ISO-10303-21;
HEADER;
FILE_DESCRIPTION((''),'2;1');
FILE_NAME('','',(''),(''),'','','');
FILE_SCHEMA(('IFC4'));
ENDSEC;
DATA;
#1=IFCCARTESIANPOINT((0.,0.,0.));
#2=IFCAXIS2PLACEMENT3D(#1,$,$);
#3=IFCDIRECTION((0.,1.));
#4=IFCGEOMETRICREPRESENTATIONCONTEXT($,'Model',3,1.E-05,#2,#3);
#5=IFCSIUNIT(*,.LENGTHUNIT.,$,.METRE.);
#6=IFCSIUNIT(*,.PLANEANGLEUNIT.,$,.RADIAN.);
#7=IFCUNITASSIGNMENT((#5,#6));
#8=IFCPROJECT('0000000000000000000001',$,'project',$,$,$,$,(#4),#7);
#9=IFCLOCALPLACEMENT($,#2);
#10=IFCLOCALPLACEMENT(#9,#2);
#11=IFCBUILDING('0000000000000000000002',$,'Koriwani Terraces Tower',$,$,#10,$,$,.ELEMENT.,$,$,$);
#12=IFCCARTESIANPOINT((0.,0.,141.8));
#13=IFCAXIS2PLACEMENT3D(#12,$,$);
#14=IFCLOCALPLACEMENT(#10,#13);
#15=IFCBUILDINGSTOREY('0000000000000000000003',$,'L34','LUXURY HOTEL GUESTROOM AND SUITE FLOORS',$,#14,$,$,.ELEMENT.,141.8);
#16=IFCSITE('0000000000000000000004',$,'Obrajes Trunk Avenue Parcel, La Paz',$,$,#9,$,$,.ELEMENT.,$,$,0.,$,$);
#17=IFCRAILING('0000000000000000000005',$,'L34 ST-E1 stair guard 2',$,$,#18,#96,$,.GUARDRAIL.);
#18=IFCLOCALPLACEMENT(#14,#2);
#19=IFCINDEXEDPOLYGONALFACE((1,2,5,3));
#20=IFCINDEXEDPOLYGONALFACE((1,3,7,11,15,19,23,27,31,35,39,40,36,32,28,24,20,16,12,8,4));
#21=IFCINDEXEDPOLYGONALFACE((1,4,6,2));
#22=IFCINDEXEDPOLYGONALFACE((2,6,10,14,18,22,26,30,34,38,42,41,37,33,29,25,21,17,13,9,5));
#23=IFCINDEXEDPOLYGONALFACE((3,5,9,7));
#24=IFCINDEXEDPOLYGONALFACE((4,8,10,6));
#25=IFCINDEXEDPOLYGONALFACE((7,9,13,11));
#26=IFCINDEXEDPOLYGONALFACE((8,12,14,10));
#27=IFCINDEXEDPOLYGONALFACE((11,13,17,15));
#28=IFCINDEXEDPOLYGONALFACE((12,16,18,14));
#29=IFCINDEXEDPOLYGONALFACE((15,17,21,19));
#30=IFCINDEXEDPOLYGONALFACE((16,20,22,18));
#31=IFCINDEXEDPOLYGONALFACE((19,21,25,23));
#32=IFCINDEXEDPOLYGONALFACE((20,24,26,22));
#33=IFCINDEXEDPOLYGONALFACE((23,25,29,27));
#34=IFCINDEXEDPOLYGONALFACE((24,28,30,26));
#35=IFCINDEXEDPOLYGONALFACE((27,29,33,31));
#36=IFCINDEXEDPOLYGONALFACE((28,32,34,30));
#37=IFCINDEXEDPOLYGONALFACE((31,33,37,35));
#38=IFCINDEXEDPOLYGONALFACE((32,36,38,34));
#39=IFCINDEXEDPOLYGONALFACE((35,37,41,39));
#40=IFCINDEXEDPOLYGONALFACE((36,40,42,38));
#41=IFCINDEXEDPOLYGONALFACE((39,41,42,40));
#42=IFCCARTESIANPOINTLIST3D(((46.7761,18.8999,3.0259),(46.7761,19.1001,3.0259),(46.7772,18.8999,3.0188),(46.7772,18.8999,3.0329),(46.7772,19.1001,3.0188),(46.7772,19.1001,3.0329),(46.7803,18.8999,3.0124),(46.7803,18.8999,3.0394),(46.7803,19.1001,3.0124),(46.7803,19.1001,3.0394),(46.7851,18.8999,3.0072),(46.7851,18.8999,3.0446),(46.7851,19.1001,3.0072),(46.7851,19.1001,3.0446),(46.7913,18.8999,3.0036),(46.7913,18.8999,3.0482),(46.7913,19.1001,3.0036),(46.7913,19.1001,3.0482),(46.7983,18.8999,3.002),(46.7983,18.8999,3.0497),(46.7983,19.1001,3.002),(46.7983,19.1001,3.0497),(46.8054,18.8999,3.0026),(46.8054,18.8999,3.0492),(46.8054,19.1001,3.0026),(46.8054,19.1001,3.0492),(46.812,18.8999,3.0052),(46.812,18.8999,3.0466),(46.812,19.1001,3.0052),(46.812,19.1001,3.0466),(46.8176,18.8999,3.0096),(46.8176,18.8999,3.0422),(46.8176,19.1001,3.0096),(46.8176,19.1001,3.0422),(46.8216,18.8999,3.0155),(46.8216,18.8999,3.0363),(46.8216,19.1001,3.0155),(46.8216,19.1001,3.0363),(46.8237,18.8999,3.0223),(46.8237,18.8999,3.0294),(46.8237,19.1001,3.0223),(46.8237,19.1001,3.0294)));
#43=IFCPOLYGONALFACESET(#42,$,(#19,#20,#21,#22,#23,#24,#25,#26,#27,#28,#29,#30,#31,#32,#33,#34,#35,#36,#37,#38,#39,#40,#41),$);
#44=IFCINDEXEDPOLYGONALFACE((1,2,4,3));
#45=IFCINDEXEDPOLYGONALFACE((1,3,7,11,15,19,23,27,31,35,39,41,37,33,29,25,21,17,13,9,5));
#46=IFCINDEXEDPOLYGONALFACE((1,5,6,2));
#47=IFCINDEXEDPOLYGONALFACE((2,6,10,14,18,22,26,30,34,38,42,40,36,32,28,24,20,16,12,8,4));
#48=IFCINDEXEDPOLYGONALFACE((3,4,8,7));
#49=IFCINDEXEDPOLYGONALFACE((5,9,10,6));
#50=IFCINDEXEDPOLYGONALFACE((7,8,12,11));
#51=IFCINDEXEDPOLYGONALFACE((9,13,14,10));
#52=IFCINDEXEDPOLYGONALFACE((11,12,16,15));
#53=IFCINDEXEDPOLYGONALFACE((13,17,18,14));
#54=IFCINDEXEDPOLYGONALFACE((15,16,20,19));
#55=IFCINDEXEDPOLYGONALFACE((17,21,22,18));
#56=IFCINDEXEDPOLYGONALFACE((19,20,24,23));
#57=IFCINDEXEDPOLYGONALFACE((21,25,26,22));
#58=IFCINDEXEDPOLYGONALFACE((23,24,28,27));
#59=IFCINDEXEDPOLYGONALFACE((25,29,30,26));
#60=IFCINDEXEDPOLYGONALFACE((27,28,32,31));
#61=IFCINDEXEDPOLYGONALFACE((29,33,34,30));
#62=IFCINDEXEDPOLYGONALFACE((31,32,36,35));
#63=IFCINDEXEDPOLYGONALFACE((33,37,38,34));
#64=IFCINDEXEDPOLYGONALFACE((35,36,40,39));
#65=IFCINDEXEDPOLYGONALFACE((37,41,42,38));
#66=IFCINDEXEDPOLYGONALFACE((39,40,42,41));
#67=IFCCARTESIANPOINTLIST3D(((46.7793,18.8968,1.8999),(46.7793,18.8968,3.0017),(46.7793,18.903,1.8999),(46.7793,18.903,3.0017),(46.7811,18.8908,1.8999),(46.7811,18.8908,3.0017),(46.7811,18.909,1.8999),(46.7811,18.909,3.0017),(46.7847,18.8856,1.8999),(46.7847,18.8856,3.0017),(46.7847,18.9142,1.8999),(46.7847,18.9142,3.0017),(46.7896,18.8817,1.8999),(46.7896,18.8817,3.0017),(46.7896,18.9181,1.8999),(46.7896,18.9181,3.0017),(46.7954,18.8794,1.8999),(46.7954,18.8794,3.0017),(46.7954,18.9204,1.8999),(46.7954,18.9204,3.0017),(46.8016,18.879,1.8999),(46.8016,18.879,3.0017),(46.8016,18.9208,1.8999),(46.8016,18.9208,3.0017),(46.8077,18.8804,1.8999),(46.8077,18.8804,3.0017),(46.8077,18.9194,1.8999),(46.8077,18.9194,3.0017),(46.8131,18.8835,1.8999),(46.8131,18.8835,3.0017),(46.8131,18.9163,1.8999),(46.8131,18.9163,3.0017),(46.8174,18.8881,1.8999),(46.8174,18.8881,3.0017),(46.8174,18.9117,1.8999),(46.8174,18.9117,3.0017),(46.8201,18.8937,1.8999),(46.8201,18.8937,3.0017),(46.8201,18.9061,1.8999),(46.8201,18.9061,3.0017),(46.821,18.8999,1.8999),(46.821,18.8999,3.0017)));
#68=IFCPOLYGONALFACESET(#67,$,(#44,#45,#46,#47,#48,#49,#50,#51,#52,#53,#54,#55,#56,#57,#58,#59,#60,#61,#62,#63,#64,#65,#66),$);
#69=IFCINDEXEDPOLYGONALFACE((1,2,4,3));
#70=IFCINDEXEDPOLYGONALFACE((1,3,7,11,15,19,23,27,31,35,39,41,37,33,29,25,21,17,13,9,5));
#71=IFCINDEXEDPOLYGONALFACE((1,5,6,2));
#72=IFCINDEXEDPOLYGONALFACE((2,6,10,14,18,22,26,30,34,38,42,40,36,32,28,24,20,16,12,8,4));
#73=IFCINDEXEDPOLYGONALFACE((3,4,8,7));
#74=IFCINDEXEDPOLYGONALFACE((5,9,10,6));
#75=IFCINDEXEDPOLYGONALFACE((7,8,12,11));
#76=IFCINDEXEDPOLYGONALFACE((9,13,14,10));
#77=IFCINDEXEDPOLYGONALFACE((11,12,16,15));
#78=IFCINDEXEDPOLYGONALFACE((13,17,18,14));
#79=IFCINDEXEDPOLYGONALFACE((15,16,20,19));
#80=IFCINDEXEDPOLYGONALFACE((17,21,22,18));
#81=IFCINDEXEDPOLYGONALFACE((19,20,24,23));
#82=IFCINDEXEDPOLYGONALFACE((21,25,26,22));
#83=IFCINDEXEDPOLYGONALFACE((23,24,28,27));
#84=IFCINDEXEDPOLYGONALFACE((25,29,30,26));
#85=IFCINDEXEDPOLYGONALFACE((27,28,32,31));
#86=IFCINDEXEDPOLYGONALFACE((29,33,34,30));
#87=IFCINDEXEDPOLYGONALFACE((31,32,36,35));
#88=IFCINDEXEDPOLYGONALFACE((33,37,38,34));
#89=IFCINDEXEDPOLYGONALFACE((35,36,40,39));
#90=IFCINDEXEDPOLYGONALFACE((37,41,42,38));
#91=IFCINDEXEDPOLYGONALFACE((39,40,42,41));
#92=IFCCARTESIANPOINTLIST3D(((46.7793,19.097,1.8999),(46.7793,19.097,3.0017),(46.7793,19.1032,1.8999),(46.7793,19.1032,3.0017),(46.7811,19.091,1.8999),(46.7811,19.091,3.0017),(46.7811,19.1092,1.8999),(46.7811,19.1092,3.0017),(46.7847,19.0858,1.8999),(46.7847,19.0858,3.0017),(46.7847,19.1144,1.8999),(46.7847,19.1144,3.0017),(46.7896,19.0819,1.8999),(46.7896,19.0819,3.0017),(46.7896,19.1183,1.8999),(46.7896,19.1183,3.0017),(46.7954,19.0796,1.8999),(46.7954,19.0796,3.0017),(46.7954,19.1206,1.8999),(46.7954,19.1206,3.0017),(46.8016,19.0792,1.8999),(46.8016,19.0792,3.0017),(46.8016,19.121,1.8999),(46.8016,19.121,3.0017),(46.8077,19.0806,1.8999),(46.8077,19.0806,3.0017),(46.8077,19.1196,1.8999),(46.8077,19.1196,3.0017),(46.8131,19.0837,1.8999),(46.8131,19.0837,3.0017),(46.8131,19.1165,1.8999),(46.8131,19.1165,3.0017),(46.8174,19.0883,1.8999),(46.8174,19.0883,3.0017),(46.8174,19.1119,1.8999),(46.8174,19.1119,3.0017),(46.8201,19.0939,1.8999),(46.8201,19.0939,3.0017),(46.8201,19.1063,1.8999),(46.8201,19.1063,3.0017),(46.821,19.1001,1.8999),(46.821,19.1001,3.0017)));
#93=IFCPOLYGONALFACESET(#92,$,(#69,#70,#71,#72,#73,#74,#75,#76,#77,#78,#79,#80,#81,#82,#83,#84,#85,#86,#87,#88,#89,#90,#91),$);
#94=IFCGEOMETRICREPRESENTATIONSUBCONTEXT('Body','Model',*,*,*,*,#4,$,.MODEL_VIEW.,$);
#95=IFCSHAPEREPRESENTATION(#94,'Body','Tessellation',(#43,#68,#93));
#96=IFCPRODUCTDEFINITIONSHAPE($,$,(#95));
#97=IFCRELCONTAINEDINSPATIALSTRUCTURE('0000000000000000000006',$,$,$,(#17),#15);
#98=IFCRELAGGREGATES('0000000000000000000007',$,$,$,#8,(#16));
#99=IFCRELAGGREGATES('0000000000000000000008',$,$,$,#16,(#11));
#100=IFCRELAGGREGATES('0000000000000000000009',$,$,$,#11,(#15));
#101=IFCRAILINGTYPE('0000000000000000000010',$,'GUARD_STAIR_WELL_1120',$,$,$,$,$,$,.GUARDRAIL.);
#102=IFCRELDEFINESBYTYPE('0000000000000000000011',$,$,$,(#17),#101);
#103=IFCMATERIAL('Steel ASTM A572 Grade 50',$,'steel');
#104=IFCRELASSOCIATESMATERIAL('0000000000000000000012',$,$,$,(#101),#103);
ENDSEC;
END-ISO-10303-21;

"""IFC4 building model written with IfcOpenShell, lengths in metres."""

from ifc_helpers import new_model, si_unit, direction, frame, origin, origin_2d, place, context, subcontext, project, spatial, circle, extrude, material, type_object, element, save


model = new_model("IFC4")

# Units and contexts
model_context = context("Model", 3, precision=1e-05, world=origin(), true_north=direction((0.0, 1.0)))
body_context = subcontext(model_context, "Body", "Model", "MODEL_VIEW")
ifc_project = project(units=[si_unit("LENGTHUNIT", "METRE"), si_unit("PLANEANGLEUNIT", "RADIAN")], contexts=[model_context])

# Site, building, storey
site_placement = place(None, origin())
site = spatial("IfcSite", under=ifc_project, at=site_placement, Name="Obrajes Trunk Avenue Parcel, La Paz", CompositionType="ELEMENT", RefElevation=0.0)
building_placement = place(site_placement, origin())
building = spatial("IfcBuilding", under=site, at=building_placement, Name="Koriwani Terraces Tower", CompositionType="ELEMENT")
storey_placement = place(building_placement, frame((0.0, 0.0, 141.8)))
storey = spatial("IfcBuildingStorey", under=building, at=storey_placement, Name="L34", Description="LUXURY HOTEL GUESTROOM AND SUITE FLOORS", CompositionType="ELEMENT", Elevation=141.8)

# Shared definitions
ifc_material_1 = material(Name="Steel ASTM A572 Grade 50", Category="steel")

# Railing
railing_type_1 = type_object("IfcRailingType", Name="GUARD_STAIR_WELL_1120", PredefinedType="GUARDRAIL", material=ifc_material_1)
railing_1_placement = place(storey_placement, frame((46.8, 18.8999, 1.8999)))
element("IfcRailing", 1, at=railing_1_placement, inside=storey, type_object=railing_type_1, Name="L34 ST-E1 stair guard 2", PredefinedType="GUARDRAIL", context=body_context, shape_type="SweptSolid", body=[
    extrude(circle(Radius=0.0239, at=origin_2d()), frame((0.0, 0.0, 1.126), z_axis=(0.0, 1.0, 0.0), x_axis=(-1.0, 0.0, 0.0)), (0.0, 0.0, 1.0), 0.2002),
    extrude(circle(Radius=0.021, at=origin_2d()), origin(), (0.0, 0.0, 1.0), 1.1018),
    extrude(circle(Radius=0.021, at=origin_2d()), frame((0.0, 0.2002, 0.0)), (0.0, 0.0, 1.0), 1.1018),
])

save(model, "model.ifc")
